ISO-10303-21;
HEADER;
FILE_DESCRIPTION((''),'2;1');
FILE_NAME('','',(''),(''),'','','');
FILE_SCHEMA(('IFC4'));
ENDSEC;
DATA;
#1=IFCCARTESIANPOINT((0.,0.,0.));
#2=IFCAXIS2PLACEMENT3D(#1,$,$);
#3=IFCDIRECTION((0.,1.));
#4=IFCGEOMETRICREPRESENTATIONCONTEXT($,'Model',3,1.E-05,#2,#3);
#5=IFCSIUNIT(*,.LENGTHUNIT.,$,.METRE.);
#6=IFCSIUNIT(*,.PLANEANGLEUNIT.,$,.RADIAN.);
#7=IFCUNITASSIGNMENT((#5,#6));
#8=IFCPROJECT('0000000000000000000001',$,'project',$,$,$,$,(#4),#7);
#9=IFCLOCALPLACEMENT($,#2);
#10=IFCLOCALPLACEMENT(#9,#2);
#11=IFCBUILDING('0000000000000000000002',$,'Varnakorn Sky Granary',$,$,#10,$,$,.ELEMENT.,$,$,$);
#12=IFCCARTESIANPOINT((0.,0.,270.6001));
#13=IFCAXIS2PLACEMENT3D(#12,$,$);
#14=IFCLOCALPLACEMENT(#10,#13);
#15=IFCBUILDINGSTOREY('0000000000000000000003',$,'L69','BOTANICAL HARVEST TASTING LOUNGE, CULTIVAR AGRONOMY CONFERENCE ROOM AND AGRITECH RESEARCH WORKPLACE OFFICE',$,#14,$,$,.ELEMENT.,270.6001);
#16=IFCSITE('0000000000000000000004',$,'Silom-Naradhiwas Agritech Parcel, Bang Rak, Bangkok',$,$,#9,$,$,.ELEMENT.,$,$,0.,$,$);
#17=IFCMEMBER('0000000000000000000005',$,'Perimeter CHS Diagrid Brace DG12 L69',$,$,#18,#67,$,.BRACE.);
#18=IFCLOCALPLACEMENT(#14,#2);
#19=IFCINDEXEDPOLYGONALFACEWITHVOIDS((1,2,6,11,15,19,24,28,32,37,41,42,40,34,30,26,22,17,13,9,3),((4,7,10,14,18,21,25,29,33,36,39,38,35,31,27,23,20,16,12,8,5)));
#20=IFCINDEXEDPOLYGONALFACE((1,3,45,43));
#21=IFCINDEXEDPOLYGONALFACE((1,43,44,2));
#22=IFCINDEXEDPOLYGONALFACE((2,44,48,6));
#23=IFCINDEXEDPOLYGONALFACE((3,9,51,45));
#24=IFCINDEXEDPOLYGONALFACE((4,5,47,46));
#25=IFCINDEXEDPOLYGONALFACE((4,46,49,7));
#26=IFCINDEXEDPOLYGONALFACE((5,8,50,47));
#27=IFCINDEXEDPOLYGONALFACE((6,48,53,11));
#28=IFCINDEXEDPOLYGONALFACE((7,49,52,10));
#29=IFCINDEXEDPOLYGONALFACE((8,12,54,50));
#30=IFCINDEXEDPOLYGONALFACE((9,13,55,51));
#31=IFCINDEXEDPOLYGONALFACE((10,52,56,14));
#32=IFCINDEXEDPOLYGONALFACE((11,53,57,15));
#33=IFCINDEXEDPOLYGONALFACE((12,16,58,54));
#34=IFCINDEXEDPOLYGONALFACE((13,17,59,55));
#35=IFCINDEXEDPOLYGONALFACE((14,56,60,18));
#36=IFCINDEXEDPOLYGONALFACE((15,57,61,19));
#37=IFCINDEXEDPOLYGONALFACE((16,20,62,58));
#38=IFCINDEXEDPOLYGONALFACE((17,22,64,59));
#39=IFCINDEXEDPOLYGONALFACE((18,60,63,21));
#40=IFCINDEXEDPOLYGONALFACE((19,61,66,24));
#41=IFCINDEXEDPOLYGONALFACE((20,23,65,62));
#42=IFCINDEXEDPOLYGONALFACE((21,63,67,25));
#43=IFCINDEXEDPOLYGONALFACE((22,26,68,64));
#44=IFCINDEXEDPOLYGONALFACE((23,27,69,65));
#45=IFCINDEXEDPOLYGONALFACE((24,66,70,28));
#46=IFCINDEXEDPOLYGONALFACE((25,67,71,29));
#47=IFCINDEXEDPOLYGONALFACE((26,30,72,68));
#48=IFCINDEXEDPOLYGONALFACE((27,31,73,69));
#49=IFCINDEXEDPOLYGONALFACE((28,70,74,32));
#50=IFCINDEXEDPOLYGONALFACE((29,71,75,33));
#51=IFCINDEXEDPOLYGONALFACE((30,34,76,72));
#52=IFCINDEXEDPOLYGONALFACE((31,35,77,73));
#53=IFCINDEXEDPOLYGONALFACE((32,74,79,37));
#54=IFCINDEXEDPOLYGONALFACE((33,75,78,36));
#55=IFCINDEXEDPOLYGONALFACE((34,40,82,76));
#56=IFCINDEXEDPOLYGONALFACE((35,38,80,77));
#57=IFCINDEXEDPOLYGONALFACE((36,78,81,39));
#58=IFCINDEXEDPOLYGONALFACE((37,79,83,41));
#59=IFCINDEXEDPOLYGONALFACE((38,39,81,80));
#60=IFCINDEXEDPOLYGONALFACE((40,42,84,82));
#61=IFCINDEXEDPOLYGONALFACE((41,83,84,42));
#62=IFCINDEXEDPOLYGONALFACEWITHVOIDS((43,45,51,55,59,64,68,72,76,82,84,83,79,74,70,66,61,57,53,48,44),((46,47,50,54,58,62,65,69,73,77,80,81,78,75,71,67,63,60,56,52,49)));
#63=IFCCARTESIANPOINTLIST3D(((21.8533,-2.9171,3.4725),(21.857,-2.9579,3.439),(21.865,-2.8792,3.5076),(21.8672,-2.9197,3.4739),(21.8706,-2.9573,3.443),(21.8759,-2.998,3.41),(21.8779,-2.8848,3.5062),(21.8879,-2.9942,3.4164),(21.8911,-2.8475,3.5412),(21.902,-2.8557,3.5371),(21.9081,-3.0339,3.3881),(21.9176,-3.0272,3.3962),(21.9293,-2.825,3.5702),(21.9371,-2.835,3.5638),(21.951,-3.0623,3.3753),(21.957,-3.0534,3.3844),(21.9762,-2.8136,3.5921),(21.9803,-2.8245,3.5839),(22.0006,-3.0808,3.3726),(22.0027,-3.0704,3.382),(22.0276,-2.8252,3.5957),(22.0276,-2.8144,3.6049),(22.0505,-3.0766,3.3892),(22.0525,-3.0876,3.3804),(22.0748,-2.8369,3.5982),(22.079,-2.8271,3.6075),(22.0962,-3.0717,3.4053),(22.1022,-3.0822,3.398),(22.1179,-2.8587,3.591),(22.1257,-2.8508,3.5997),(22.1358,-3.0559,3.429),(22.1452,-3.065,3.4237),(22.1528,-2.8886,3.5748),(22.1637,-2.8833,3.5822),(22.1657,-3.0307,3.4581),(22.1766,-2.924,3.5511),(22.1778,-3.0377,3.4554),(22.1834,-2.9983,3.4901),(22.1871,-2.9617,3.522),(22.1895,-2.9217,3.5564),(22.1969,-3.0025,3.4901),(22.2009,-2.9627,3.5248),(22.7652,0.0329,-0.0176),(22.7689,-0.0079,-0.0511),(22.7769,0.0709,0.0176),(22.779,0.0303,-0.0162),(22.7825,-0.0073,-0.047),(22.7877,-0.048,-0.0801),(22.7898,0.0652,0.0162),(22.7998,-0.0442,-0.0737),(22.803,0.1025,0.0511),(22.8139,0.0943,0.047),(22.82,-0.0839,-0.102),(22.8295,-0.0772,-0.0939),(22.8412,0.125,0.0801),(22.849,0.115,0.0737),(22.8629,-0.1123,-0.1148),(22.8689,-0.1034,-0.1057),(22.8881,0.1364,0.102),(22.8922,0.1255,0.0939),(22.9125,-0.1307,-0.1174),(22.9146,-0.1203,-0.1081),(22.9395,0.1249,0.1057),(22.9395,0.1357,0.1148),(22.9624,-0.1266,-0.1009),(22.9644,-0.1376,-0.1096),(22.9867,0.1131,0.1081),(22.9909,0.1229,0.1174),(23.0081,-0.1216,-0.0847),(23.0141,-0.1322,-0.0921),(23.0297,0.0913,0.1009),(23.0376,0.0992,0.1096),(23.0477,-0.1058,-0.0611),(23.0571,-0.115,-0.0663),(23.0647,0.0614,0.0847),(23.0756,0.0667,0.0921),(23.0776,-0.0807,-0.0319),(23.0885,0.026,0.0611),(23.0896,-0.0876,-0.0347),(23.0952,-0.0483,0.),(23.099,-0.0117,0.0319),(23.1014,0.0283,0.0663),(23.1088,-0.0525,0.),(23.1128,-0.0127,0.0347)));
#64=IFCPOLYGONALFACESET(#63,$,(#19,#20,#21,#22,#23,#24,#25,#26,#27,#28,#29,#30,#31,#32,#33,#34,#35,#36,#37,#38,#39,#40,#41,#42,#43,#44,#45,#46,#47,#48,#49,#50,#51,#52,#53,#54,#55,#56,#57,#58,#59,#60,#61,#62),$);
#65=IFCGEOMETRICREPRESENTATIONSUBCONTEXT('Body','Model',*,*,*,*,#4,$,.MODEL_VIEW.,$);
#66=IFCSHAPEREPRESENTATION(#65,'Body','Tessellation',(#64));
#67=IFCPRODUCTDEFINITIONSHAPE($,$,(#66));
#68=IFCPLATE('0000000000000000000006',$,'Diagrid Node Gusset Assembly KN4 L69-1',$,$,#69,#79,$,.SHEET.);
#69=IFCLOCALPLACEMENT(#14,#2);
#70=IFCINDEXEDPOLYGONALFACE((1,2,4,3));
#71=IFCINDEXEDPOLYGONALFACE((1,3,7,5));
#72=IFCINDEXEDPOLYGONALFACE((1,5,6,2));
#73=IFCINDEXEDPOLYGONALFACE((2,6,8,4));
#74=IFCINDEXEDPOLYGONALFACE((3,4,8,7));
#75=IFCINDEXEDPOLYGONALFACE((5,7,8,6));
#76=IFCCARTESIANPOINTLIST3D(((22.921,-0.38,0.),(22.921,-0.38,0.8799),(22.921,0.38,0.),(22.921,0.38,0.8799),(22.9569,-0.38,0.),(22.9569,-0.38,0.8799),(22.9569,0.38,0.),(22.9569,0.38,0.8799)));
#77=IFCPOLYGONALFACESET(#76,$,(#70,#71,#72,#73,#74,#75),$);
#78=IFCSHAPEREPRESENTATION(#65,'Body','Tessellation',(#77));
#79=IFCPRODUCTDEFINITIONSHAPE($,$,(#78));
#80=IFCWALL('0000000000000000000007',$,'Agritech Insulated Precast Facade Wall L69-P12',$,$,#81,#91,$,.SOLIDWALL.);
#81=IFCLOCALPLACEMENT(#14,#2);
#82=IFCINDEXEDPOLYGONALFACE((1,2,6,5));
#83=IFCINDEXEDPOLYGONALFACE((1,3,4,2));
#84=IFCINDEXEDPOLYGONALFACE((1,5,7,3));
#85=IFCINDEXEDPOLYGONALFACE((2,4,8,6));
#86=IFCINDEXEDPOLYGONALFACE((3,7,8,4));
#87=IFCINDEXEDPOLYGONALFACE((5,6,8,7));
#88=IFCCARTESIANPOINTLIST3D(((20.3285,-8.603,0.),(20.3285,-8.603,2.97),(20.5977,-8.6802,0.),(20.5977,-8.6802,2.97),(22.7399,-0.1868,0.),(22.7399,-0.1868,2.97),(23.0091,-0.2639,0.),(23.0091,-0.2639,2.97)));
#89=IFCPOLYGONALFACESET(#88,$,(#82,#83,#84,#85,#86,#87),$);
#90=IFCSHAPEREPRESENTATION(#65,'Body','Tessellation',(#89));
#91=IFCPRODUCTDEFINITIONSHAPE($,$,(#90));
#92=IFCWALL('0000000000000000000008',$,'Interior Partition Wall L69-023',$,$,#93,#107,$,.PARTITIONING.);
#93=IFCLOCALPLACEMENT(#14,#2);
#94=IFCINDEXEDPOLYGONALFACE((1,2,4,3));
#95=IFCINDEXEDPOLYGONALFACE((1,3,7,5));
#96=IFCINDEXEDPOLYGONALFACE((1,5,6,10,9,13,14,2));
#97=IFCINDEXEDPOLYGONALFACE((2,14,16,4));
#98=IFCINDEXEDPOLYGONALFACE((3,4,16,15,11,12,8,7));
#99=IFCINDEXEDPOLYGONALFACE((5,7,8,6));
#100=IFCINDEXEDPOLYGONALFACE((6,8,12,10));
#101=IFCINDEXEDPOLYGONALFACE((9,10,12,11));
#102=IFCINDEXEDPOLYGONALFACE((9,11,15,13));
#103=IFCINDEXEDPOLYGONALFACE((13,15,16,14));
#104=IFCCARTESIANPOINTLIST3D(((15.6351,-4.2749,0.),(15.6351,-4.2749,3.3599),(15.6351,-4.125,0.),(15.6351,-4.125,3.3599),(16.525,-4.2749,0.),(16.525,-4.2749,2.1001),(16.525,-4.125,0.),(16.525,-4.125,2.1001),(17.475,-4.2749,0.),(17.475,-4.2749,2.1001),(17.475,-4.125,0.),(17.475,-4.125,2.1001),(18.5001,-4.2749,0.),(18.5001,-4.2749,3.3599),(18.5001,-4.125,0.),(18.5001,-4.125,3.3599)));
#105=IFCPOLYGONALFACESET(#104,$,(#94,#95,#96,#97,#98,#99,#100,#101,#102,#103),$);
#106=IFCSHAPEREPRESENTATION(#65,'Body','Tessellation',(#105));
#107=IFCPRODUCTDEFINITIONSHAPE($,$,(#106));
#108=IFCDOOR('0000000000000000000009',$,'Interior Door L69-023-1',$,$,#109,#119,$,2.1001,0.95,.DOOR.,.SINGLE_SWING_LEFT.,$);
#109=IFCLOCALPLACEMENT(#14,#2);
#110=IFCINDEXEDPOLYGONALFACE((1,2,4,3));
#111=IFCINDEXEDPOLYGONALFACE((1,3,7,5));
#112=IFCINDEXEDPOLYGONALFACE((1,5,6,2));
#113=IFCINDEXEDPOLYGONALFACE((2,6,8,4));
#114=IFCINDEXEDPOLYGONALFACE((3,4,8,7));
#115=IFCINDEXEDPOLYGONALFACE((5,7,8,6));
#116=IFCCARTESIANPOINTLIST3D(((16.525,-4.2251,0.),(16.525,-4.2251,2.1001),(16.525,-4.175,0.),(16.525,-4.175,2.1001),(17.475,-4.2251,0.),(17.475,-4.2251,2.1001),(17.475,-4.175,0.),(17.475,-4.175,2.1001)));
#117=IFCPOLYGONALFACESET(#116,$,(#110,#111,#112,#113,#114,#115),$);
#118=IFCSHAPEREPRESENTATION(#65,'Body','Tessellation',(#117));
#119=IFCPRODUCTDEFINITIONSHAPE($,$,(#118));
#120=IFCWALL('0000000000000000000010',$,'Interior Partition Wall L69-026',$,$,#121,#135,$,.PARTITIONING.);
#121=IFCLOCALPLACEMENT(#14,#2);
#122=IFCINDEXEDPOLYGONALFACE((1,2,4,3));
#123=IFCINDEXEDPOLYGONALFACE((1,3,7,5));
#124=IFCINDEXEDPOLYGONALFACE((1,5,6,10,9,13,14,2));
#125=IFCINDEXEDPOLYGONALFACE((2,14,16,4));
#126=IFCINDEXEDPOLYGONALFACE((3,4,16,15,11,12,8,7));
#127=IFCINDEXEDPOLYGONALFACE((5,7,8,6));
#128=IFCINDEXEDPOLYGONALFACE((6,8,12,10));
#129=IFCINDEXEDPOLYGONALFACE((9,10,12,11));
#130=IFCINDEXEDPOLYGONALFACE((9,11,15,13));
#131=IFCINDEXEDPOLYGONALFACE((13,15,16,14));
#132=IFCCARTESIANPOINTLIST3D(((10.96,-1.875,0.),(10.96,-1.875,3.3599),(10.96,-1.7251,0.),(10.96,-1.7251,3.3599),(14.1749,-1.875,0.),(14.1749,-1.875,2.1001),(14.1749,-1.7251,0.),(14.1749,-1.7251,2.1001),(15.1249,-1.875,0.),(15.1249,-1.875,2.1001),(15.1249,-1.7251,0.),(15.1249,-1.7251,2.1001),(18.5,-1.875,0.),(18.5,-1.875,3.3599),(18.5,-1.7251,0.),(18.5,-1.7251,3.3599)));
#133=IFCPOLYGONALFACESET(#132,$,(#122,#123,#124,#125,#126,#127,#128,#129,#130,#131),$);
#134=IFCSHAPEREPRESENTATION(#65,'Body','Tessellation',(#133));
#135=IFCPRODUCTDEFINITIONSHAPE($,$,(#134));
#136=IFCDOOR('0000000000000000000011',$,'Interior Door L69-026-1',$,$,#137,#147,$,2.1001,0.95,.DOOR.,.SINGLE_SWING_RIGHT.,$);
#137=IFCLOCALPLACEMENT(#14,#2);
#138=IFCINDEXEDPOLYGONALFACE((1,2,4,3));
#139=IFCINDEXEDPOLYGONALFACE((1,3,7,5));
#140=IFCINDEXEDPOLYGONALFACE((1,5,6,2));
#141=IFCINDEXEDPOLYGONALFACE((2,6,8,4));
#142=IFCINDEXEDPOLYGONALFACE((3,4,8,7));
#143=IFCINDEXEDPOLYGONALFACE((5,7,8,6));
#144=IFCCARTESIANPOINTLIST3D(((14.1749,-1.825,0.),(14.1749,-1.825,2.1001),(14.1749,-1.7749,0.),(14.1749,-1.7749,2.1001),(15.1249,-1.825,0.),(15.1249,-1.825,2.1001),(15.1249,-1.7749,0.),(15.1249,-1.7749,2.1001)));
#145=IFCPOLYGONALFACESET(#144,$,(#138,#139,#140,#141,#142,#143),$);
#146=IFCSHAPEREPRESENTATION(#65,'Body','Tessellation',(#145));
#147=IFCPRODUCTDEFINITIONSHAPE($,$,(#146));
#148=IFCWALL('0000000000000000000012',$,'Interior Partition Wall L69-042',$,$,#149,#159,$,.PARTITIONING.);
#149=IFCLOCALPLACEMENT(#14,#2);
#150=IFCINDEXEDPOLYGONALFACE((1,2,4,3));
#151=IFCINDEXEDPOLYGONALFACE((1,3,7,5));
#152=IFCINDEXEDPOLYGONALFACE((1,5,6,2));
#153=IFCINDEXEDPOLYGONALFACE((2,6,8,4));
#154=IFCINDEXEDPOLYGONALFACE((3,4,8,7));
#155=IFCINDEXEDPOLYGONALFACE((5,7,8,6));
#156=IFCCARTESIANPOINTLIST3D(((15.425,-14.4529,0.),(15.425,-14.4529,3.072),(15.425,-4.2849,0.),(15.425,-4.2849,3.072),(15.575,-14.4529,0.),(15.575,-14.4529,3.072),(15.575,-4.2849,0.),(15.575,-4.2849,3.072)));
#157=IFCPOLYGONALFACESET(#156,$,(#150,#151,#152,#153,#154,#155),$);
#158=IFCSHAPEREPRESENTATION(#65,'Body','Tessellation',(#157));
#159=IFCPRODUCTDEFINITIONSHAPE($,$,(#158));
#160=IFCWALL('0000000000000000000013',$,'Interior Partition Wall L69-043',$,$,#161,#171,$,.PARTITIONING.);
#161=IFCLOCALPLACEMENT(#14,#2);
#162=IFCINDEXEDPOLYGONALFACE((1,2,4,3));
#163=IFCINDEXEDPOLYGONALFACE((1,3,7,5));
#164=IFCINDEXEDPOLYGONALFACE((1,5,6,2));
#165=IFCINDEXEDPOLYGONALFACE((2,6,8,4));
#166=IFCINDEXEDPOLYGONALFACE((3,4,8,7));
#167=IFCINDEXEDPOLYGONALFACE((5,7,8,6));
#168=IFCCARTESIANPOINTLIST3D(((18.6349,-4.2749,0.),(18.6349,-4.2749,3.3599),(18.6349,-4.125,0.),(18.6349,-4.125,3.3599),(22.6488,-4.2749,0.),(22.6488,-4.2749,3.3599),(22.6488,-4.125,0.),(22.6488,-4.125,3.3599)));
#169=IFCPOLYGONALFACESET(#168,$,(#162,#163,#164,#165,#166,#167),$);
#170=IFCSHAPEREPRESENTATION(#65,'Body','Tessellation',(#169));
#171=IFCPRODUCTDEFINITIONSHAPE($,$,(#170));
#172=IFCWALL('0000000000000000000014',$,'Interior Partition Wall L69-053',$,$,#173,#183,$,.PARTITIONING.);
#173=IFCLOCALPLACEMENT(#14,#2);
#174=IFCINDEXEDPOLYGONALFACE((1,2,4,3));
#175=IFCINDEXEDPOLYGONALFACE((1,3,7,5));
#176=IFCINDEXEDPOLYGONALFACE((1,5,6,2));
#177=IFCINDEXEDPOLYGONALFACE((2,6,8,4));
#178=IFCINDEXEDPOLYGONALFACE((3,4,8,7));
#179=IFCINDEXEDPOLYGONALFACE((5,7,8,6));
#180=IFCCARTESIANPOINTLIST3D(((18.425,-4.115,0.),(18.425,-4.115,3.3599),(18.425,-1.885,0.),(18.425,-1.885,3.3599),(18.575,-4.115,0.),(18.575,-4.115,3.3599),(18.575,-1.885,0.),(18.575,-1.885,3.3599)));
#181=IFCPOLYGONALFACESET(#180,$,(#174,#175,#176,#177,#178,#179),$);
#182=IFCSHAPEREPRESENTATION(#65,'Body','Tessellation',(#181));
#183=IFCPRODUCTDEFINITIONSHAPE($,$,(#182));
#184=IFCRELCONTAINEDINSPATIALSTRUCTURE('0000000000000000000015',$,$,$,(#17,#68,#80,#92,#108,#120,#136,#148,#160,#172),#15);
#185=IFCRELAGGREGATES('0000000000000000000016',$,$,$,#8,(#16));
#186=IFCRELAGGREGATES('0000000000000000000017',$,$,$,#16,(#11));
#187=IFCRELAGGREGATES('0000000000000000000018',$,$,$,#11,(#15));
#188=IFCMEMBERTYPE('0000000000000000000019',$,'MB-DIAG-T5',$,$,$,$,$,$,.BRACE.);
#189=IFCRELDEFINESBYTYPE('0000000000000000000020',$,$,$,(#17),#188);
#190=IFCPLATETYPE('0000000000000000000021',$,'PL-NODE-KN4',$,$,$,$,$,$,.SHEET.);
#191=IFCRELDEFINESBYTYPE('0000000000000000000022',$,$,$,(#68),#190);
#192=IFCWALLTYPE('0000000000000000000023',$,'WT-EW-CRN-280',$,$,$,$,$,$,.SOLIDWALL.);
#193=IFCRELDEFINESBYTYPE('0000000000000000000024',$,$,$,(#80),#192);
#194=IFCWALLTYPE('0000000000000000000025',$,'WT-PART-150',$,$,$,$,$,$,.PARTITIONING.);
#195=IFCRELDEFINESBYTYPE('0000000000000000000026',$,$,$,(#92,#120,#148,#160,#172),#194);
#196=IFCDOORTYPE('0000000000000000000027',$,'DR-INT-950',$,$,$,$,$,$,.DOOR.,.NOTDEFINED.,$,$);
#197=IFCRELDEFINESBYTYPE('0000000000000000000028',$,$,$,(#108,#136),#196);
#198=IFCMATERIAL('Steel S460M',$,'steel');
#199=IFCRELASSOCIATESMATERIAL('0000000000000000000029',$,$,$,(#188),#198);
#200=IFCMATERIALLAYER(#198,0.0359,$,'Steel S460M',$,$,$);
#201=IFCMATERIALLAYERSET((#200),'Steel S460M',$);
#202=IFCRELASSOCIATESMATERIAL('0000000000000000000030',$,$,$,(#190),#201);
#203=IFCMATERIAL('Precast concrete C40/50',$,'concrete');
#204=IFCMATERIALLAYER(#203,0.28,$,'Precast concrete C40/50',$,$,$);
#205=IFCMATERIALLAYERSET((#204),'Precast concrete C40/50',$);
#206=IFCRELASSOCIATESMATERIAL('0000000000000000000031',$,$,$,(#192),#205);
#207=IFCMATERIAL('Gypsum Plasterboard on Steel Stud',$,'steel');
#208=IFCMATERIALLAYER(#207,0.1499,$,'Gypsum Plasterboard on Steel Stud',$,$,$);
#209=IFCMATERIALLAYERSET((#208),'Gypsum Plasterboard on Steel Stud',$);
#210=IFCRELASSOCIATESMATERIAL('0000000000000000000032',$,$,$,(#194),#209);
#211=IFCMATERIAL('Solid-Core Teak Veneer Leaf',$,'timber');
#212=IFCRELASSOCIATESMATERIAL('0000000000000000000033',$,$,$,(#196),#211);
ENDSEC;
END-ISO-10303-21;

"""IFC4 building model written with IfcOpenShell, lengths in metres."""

from ifc_helpers import new_model, si_unit, direction, frame, frame_2d, origin, origin_2d, place, context, subcontext, project, spatial, rectangle, hollow_circle, extrude, material, layer, layer_set, material_profile, profile_set, type_object, element, fill, save


model = new_model("IFC4")

# Units and contexts
model_context = context("Model", 3, precision=1e-05, world=origin(), true_north=direction((0.0, 1.0)))
body_context = subcontext(model_context, "Body", "Model", "MODEL_VIEW")
ifc_project = project(units=[si_unit("LENGTHUNIT", "METRE"), si_unit("PLANEANGLEUNIT", "RADIAN")], contexts=[model_context])

# Site, building, storey
site_placement = place(None, origin())
site = spatial("IfcSite", under=ifc_project, at=site_placement, Name="Silom-Naradhiwas Agritech Parcel, Bang Rak, Bangkok", CompositionType="ELEMENT", RefElevation=0.0)
building_placement = place(site_placement, origin())
building = spatial("IfcBuilding", under=site, at=building_placement, Name="Varnakorn Sky Granary", CompositionType="ELEMENT")
storey_placement = place(building_placement, frame((0.0, 0.0, 270.6001)))
storey = spatial("IfcBuildingStorey", under=building, at=storey_placement, Name="L69", Description="BOTANICAL HARVEST TASTING LOUNGE, CULTIVAR AGRONOMY CONFERENCE ROOM AND AGRITECH RESEARCH WORKPLACE OFFICE", CompositionType="ELEMENT", Elevation=270.6001)

# Shared definitions
ifc_material_1 = material(Name="Steel S460M", Category="steel")

# Member
ifc_material_profile_1 = material_profile(ifc_material_1, hollow_circle(Radius=0.1777, WallThickness=0.0142, at=origin_2d()), Name="CHS 355.6x14")
ifc_profile_set_1 = profile_set([ifc_material_profile_1], Name="Steel S460M")
member_type_1 = type_object("IfcMemberType", Name="MB-DIAG-T5", PredefinedType="BRACE", material=ifc_profile_set_1)
for number, where, z_axis, x_axis, name in (
    (1, (22.939, 0.0, 0.0), (-0.195688, -0.633064, 0.748957), (0.955397, -0.295325, 0.0), "Perimeter CHS Diagrid Brace DG12 L69"),
):
    element("IfcMember", number, at=place(storey_placement, frame(where, z_axis=z_axis, x_axis=x_axis)), inside=storey, type_object=member_type_1, Name=name, PredefinedType="BRACE", context=body_context, shape_type="SweptSolid", body=[
        extrude(hollow_circle(Radius=0.1777, WallThickness=0.0142, at=origin_2d()), origin(), (0.0, 0.0, 1.0), 4.6599),
    ])

# Plate
ifc_layer_1 = layer(ifc_material_1, 0.0359, Name="Steel S460M")
ifc_layer_set_1 = layer_set([ifc_layer_1], Name="Steel S460M")
plate_type = type_object("IfcPlateType", Name="PL-NODE-KN4", PredefinedType="SHEET", material=ifc_layer_set_1)
plate_placement = place(storey_placement, frame((22.939, 0.0, 0.0), z_axis=(0.0, 0.0, 1.0), x_axis=(0.0, 1.0, 0.0)))
element("IfcPlate", 2, at=plate_placement, inside=storey, type_object=plate_type, Name="Diagrid Node Gusset Assembly KN4 L69-1", PredefinedType="SHEET", context=body_context, shape_type="SweptSolid", body=[
    extrude(rectangle(XDim=0.76, YDim=0.0359, at=origin_2d()), origin(), (0.0, 0.0, 1.0), 0.8799),
])

# Wall
ifc_material_2 = material(Name="Precast concrete C40/50", Category="concrete")
ifc_layer_2 = layer(ifc_material_2, 0.28, Name="Precast concrete C40/50")
ifc_layer_set_2 = layer_set([ifc_layer_2], Name="Precast concrete C40/50")
wall_type_1 = type_object("IfcWallType", Name="WT-EW-CRN-280", PredefinedType="SOLIDWALL", material=ifc_layer_set_2)
wall_1_placement = place(storey_placement, frame((22.8745, -0.2253, 0.0), z_axis=(0.0, 0.0, 1.0), x_axis=(-0.275432, -0.961321, 0.0)))
element("IfcWall", 3, at=wall_1_placement, inside=storey, type_object=wall_type_1, Name="Agritech Insulated Precast Facade Wall L69-P12", PredefinedType="SOLIDWALL", context=body_context, shape_type="SweptSolid", body=[
    extrude(rectangle(XDim=8.7549, YDim=0.28, at=frame_2d((4.3774, 0.0))), origin(), (0.0, 0.0, 1.0), 2.97),
])

# Walls, openings, doors
ifc_material_3 = material(Name="Gypsum Plasterboard on Steel Stud", Category="steel")
ifc_layer_3 = layer(ifc_material_3, 0.1499, Name="Gypsum Plasterboard on Steel Stud")
ifc_layer_set_3 = layer_set([ifc_layer_3], Name="Gypsum Plasterboard on Steel Stud")
wall_type_2 = type_object("IfcWallType", Name="WT-PART-150", PredefinedType="PARTITIONING", material=ifc_layer_set_3)
wall_2_placement = place(storey_placement, frame((15.635, -4.2, 0.0), z_axis=(0.0, 0.0, 1.0), x_axis=(1.0, 0.0, 0.0)))
wall_2 = element("IfcWall", 4, at=wall_2_placement, inside=storey, type_object=wall_type_2, Name="Interior Partition Wall L69-023", PredefinedType="PARTITIONING", context=body_context, shape_type="SweptSolid", body=[
    extrude(rectangle(XDim=2.865, YDim=0.1499, at=frame_2d((1.4326, 0.0))), origin(), (0.0, 0.0, 1.0), 3.3599),
])
opening_1_placement = place(wall_2_placement, frame((0.8899, 0.0, 0.0)))
opening_1 = element("IfcOpeningElement", 5, at=opening_1_placement, cuts=wall_2, PredefinedType="OPENING", context=body_context, shape_type="SweptSolid", body=[
    extrude(rectangle(XDim=0.95, YDim=2.1001, at=frame_2d((0.4751, 1.05))), frame((0.0, 0.085, 0.0), z_axis=(0.0, -1.0, 0.0), x_axis=(1.0, 0.0, 0.0)), (0.0, 0.0, 1.0), 0.1699),
])
ifc_material_4 = material(Name="Solid-Core Teak Veneer Leaf", Category="timber")
door_type = type_object("IfcDoorType", Name="DR-INT-950", OperationType="NOTDEFINED", PredefinedType="DOOR", material=ifc_material_4)
door_1_placement = place(opening_1_placement, origin())
door_1 = element("IfcDoor", 6, at=door_1_placement, inside=storey, type_object=door_type, Name="Interior Door L69-023-1", OperationType="SINGLE_SWING_LEFT", OverallHeight=2.1001, OverallWidth=0.95, PredefinedType="DOOR", context=body_context, shape_type="SweptSolid", body=[
    extrude(rectangle(XDim=0.95, YDim=2.1001, at=frame_2d((0.4751, 1.05))), frame((0.0, 0.0249, 0.0), z_axis=(0.0, -1.0, 0.0), x_axis=(1.0, 0.0, 0.0)), (0.0, 0.0, 1.0), 0.05),
])
fill(opening_1, door_1)
wall_3_placement = place(storey_placement, frame((18.5, -1.8, 0.0), z_axis=(0.0, 0.0, 1.0), x_axis=(-1.0, 0.0, 0.0)))
wall_3 = element("IfcWall", 7, at=wall_3_placement, inside=storey, type_object=wall_type_2, Name="Interior Partition Wall L69-026", PredefinedType="PARTITIONING", context=body_context, shape_type="SweptSolid", body=[
    extrude(rectangle(XDim=7.54, YDim=0.1499, at=frame_2d((3.77, 0.0))), origin(), (0.0, 0.0, 1.0), 3.3599),
])
opening_2_placement = place(wall_3_placement, frame((3.375, 0.0, 0.0)))
opening_2 = element("IfcOpeningElement", 8, at=opening_2_placement, cuts=wall_3, PredefinedType="OPENING", context=body_context, shape_type="SweptSolid", body=[
    extrude(rectangle(XDim=0.95, YDim=2.1001, at=frame_2d((0.4751, 1.05))), frame((0.0, 0.085, 0.0), z_axis=(0.0, -1.0, 0.0), x_axis=(1.0, 0.0, 0.0)), (0.0, 0.0, 1.0), 0.1699),
])
door_2_placement = place(opening_2_placement, origin())
door_2 = element("IfcDoor", 9, at=door_2_placement, inside=storey, type_object=door_type, Name="Interior Door L69-026-1", OperationType="SINGLE_SWING_RIGHT", OverallHeight=2.1001, OverallWidth=0.95, PredefinedType="DOOR", context=body_context, shape_type="SweptSolid", body=[
    extrude(rectangle(XDim=0.95, YDim=2.1001, at=frame_2d((0.4751, 1.05))), frame((0.0, 0.0249, 0.0), z_axis=(0.0, -1.0, 0.0), x_axis=(1.0, 0.0, 0.0)), (0.0, 0.0, 1.0), 0.05),
])
fill(opening_2, door_2)

# Walls
wall_4_placement = place(storey_placement, frame((15.5, -4.2849, 0.0), z_axis=(0.0, 0.0, 1.0), x_axis=(0.0, -1.0, 0.0)))
element("IfcWall", 10, at=wall_4_placement, inside=storey, type_object=wall_type_2, Name="Interior Partition Wall L69-042", PredefinedType="PARTITIONING", context=body_context, shape_type="SweptSolid", body=[
    extrude(rectangle(XDim=10.168, YDim=0.1499, at=frame_2d((5.084, 0.0))), origin(), (0.0, 0.0, 1.0), 3.072),
])
wall_5_placement = place(storey_placement, frame((18.635, -4.2, 0.0), z_axis=(0.0, 0.0, 1.0), x_axis=(1.0, 0.0, 0.0)))
element("IfcWall", 11, at=wall_5_placement, inside=storey, type_object=wall_type_2, Name="Interior Partition Wall L69-043", PredefinedType="PARTITIONING", context=body_context, shape_type="SweptSolid", body=[
    extrude(rectangle(XDim=4.0139, YDim=0.1499, at=frame_2d((2.0068, 0.0))), origin(), (0.0, 0.0, 1.0), 3.3599),
])
wall_6_placement = place(storey_placement, frame((18.5, -4.115, 0.0), z_axis=(0.0, 0.0, 1.0), x_axis=(0.0, 1.0, 0.0)))
element("IfcWall", 12, at=wall_6_placement, inside=storey, type_object=wall_type_2, Name="Interior Partition Wall L69-053", PredefinedType="PARTITIONING", context=body_context, shape_type="SweptSolid", body=[
    extrude(rectangle(XDim=2.23, YDim=0.1499, at=frame_2d((1.115, 0.0))), origin(), (0.0, 0.0, 1.0), 3.3599),
])

save(model, "model.ifc")
